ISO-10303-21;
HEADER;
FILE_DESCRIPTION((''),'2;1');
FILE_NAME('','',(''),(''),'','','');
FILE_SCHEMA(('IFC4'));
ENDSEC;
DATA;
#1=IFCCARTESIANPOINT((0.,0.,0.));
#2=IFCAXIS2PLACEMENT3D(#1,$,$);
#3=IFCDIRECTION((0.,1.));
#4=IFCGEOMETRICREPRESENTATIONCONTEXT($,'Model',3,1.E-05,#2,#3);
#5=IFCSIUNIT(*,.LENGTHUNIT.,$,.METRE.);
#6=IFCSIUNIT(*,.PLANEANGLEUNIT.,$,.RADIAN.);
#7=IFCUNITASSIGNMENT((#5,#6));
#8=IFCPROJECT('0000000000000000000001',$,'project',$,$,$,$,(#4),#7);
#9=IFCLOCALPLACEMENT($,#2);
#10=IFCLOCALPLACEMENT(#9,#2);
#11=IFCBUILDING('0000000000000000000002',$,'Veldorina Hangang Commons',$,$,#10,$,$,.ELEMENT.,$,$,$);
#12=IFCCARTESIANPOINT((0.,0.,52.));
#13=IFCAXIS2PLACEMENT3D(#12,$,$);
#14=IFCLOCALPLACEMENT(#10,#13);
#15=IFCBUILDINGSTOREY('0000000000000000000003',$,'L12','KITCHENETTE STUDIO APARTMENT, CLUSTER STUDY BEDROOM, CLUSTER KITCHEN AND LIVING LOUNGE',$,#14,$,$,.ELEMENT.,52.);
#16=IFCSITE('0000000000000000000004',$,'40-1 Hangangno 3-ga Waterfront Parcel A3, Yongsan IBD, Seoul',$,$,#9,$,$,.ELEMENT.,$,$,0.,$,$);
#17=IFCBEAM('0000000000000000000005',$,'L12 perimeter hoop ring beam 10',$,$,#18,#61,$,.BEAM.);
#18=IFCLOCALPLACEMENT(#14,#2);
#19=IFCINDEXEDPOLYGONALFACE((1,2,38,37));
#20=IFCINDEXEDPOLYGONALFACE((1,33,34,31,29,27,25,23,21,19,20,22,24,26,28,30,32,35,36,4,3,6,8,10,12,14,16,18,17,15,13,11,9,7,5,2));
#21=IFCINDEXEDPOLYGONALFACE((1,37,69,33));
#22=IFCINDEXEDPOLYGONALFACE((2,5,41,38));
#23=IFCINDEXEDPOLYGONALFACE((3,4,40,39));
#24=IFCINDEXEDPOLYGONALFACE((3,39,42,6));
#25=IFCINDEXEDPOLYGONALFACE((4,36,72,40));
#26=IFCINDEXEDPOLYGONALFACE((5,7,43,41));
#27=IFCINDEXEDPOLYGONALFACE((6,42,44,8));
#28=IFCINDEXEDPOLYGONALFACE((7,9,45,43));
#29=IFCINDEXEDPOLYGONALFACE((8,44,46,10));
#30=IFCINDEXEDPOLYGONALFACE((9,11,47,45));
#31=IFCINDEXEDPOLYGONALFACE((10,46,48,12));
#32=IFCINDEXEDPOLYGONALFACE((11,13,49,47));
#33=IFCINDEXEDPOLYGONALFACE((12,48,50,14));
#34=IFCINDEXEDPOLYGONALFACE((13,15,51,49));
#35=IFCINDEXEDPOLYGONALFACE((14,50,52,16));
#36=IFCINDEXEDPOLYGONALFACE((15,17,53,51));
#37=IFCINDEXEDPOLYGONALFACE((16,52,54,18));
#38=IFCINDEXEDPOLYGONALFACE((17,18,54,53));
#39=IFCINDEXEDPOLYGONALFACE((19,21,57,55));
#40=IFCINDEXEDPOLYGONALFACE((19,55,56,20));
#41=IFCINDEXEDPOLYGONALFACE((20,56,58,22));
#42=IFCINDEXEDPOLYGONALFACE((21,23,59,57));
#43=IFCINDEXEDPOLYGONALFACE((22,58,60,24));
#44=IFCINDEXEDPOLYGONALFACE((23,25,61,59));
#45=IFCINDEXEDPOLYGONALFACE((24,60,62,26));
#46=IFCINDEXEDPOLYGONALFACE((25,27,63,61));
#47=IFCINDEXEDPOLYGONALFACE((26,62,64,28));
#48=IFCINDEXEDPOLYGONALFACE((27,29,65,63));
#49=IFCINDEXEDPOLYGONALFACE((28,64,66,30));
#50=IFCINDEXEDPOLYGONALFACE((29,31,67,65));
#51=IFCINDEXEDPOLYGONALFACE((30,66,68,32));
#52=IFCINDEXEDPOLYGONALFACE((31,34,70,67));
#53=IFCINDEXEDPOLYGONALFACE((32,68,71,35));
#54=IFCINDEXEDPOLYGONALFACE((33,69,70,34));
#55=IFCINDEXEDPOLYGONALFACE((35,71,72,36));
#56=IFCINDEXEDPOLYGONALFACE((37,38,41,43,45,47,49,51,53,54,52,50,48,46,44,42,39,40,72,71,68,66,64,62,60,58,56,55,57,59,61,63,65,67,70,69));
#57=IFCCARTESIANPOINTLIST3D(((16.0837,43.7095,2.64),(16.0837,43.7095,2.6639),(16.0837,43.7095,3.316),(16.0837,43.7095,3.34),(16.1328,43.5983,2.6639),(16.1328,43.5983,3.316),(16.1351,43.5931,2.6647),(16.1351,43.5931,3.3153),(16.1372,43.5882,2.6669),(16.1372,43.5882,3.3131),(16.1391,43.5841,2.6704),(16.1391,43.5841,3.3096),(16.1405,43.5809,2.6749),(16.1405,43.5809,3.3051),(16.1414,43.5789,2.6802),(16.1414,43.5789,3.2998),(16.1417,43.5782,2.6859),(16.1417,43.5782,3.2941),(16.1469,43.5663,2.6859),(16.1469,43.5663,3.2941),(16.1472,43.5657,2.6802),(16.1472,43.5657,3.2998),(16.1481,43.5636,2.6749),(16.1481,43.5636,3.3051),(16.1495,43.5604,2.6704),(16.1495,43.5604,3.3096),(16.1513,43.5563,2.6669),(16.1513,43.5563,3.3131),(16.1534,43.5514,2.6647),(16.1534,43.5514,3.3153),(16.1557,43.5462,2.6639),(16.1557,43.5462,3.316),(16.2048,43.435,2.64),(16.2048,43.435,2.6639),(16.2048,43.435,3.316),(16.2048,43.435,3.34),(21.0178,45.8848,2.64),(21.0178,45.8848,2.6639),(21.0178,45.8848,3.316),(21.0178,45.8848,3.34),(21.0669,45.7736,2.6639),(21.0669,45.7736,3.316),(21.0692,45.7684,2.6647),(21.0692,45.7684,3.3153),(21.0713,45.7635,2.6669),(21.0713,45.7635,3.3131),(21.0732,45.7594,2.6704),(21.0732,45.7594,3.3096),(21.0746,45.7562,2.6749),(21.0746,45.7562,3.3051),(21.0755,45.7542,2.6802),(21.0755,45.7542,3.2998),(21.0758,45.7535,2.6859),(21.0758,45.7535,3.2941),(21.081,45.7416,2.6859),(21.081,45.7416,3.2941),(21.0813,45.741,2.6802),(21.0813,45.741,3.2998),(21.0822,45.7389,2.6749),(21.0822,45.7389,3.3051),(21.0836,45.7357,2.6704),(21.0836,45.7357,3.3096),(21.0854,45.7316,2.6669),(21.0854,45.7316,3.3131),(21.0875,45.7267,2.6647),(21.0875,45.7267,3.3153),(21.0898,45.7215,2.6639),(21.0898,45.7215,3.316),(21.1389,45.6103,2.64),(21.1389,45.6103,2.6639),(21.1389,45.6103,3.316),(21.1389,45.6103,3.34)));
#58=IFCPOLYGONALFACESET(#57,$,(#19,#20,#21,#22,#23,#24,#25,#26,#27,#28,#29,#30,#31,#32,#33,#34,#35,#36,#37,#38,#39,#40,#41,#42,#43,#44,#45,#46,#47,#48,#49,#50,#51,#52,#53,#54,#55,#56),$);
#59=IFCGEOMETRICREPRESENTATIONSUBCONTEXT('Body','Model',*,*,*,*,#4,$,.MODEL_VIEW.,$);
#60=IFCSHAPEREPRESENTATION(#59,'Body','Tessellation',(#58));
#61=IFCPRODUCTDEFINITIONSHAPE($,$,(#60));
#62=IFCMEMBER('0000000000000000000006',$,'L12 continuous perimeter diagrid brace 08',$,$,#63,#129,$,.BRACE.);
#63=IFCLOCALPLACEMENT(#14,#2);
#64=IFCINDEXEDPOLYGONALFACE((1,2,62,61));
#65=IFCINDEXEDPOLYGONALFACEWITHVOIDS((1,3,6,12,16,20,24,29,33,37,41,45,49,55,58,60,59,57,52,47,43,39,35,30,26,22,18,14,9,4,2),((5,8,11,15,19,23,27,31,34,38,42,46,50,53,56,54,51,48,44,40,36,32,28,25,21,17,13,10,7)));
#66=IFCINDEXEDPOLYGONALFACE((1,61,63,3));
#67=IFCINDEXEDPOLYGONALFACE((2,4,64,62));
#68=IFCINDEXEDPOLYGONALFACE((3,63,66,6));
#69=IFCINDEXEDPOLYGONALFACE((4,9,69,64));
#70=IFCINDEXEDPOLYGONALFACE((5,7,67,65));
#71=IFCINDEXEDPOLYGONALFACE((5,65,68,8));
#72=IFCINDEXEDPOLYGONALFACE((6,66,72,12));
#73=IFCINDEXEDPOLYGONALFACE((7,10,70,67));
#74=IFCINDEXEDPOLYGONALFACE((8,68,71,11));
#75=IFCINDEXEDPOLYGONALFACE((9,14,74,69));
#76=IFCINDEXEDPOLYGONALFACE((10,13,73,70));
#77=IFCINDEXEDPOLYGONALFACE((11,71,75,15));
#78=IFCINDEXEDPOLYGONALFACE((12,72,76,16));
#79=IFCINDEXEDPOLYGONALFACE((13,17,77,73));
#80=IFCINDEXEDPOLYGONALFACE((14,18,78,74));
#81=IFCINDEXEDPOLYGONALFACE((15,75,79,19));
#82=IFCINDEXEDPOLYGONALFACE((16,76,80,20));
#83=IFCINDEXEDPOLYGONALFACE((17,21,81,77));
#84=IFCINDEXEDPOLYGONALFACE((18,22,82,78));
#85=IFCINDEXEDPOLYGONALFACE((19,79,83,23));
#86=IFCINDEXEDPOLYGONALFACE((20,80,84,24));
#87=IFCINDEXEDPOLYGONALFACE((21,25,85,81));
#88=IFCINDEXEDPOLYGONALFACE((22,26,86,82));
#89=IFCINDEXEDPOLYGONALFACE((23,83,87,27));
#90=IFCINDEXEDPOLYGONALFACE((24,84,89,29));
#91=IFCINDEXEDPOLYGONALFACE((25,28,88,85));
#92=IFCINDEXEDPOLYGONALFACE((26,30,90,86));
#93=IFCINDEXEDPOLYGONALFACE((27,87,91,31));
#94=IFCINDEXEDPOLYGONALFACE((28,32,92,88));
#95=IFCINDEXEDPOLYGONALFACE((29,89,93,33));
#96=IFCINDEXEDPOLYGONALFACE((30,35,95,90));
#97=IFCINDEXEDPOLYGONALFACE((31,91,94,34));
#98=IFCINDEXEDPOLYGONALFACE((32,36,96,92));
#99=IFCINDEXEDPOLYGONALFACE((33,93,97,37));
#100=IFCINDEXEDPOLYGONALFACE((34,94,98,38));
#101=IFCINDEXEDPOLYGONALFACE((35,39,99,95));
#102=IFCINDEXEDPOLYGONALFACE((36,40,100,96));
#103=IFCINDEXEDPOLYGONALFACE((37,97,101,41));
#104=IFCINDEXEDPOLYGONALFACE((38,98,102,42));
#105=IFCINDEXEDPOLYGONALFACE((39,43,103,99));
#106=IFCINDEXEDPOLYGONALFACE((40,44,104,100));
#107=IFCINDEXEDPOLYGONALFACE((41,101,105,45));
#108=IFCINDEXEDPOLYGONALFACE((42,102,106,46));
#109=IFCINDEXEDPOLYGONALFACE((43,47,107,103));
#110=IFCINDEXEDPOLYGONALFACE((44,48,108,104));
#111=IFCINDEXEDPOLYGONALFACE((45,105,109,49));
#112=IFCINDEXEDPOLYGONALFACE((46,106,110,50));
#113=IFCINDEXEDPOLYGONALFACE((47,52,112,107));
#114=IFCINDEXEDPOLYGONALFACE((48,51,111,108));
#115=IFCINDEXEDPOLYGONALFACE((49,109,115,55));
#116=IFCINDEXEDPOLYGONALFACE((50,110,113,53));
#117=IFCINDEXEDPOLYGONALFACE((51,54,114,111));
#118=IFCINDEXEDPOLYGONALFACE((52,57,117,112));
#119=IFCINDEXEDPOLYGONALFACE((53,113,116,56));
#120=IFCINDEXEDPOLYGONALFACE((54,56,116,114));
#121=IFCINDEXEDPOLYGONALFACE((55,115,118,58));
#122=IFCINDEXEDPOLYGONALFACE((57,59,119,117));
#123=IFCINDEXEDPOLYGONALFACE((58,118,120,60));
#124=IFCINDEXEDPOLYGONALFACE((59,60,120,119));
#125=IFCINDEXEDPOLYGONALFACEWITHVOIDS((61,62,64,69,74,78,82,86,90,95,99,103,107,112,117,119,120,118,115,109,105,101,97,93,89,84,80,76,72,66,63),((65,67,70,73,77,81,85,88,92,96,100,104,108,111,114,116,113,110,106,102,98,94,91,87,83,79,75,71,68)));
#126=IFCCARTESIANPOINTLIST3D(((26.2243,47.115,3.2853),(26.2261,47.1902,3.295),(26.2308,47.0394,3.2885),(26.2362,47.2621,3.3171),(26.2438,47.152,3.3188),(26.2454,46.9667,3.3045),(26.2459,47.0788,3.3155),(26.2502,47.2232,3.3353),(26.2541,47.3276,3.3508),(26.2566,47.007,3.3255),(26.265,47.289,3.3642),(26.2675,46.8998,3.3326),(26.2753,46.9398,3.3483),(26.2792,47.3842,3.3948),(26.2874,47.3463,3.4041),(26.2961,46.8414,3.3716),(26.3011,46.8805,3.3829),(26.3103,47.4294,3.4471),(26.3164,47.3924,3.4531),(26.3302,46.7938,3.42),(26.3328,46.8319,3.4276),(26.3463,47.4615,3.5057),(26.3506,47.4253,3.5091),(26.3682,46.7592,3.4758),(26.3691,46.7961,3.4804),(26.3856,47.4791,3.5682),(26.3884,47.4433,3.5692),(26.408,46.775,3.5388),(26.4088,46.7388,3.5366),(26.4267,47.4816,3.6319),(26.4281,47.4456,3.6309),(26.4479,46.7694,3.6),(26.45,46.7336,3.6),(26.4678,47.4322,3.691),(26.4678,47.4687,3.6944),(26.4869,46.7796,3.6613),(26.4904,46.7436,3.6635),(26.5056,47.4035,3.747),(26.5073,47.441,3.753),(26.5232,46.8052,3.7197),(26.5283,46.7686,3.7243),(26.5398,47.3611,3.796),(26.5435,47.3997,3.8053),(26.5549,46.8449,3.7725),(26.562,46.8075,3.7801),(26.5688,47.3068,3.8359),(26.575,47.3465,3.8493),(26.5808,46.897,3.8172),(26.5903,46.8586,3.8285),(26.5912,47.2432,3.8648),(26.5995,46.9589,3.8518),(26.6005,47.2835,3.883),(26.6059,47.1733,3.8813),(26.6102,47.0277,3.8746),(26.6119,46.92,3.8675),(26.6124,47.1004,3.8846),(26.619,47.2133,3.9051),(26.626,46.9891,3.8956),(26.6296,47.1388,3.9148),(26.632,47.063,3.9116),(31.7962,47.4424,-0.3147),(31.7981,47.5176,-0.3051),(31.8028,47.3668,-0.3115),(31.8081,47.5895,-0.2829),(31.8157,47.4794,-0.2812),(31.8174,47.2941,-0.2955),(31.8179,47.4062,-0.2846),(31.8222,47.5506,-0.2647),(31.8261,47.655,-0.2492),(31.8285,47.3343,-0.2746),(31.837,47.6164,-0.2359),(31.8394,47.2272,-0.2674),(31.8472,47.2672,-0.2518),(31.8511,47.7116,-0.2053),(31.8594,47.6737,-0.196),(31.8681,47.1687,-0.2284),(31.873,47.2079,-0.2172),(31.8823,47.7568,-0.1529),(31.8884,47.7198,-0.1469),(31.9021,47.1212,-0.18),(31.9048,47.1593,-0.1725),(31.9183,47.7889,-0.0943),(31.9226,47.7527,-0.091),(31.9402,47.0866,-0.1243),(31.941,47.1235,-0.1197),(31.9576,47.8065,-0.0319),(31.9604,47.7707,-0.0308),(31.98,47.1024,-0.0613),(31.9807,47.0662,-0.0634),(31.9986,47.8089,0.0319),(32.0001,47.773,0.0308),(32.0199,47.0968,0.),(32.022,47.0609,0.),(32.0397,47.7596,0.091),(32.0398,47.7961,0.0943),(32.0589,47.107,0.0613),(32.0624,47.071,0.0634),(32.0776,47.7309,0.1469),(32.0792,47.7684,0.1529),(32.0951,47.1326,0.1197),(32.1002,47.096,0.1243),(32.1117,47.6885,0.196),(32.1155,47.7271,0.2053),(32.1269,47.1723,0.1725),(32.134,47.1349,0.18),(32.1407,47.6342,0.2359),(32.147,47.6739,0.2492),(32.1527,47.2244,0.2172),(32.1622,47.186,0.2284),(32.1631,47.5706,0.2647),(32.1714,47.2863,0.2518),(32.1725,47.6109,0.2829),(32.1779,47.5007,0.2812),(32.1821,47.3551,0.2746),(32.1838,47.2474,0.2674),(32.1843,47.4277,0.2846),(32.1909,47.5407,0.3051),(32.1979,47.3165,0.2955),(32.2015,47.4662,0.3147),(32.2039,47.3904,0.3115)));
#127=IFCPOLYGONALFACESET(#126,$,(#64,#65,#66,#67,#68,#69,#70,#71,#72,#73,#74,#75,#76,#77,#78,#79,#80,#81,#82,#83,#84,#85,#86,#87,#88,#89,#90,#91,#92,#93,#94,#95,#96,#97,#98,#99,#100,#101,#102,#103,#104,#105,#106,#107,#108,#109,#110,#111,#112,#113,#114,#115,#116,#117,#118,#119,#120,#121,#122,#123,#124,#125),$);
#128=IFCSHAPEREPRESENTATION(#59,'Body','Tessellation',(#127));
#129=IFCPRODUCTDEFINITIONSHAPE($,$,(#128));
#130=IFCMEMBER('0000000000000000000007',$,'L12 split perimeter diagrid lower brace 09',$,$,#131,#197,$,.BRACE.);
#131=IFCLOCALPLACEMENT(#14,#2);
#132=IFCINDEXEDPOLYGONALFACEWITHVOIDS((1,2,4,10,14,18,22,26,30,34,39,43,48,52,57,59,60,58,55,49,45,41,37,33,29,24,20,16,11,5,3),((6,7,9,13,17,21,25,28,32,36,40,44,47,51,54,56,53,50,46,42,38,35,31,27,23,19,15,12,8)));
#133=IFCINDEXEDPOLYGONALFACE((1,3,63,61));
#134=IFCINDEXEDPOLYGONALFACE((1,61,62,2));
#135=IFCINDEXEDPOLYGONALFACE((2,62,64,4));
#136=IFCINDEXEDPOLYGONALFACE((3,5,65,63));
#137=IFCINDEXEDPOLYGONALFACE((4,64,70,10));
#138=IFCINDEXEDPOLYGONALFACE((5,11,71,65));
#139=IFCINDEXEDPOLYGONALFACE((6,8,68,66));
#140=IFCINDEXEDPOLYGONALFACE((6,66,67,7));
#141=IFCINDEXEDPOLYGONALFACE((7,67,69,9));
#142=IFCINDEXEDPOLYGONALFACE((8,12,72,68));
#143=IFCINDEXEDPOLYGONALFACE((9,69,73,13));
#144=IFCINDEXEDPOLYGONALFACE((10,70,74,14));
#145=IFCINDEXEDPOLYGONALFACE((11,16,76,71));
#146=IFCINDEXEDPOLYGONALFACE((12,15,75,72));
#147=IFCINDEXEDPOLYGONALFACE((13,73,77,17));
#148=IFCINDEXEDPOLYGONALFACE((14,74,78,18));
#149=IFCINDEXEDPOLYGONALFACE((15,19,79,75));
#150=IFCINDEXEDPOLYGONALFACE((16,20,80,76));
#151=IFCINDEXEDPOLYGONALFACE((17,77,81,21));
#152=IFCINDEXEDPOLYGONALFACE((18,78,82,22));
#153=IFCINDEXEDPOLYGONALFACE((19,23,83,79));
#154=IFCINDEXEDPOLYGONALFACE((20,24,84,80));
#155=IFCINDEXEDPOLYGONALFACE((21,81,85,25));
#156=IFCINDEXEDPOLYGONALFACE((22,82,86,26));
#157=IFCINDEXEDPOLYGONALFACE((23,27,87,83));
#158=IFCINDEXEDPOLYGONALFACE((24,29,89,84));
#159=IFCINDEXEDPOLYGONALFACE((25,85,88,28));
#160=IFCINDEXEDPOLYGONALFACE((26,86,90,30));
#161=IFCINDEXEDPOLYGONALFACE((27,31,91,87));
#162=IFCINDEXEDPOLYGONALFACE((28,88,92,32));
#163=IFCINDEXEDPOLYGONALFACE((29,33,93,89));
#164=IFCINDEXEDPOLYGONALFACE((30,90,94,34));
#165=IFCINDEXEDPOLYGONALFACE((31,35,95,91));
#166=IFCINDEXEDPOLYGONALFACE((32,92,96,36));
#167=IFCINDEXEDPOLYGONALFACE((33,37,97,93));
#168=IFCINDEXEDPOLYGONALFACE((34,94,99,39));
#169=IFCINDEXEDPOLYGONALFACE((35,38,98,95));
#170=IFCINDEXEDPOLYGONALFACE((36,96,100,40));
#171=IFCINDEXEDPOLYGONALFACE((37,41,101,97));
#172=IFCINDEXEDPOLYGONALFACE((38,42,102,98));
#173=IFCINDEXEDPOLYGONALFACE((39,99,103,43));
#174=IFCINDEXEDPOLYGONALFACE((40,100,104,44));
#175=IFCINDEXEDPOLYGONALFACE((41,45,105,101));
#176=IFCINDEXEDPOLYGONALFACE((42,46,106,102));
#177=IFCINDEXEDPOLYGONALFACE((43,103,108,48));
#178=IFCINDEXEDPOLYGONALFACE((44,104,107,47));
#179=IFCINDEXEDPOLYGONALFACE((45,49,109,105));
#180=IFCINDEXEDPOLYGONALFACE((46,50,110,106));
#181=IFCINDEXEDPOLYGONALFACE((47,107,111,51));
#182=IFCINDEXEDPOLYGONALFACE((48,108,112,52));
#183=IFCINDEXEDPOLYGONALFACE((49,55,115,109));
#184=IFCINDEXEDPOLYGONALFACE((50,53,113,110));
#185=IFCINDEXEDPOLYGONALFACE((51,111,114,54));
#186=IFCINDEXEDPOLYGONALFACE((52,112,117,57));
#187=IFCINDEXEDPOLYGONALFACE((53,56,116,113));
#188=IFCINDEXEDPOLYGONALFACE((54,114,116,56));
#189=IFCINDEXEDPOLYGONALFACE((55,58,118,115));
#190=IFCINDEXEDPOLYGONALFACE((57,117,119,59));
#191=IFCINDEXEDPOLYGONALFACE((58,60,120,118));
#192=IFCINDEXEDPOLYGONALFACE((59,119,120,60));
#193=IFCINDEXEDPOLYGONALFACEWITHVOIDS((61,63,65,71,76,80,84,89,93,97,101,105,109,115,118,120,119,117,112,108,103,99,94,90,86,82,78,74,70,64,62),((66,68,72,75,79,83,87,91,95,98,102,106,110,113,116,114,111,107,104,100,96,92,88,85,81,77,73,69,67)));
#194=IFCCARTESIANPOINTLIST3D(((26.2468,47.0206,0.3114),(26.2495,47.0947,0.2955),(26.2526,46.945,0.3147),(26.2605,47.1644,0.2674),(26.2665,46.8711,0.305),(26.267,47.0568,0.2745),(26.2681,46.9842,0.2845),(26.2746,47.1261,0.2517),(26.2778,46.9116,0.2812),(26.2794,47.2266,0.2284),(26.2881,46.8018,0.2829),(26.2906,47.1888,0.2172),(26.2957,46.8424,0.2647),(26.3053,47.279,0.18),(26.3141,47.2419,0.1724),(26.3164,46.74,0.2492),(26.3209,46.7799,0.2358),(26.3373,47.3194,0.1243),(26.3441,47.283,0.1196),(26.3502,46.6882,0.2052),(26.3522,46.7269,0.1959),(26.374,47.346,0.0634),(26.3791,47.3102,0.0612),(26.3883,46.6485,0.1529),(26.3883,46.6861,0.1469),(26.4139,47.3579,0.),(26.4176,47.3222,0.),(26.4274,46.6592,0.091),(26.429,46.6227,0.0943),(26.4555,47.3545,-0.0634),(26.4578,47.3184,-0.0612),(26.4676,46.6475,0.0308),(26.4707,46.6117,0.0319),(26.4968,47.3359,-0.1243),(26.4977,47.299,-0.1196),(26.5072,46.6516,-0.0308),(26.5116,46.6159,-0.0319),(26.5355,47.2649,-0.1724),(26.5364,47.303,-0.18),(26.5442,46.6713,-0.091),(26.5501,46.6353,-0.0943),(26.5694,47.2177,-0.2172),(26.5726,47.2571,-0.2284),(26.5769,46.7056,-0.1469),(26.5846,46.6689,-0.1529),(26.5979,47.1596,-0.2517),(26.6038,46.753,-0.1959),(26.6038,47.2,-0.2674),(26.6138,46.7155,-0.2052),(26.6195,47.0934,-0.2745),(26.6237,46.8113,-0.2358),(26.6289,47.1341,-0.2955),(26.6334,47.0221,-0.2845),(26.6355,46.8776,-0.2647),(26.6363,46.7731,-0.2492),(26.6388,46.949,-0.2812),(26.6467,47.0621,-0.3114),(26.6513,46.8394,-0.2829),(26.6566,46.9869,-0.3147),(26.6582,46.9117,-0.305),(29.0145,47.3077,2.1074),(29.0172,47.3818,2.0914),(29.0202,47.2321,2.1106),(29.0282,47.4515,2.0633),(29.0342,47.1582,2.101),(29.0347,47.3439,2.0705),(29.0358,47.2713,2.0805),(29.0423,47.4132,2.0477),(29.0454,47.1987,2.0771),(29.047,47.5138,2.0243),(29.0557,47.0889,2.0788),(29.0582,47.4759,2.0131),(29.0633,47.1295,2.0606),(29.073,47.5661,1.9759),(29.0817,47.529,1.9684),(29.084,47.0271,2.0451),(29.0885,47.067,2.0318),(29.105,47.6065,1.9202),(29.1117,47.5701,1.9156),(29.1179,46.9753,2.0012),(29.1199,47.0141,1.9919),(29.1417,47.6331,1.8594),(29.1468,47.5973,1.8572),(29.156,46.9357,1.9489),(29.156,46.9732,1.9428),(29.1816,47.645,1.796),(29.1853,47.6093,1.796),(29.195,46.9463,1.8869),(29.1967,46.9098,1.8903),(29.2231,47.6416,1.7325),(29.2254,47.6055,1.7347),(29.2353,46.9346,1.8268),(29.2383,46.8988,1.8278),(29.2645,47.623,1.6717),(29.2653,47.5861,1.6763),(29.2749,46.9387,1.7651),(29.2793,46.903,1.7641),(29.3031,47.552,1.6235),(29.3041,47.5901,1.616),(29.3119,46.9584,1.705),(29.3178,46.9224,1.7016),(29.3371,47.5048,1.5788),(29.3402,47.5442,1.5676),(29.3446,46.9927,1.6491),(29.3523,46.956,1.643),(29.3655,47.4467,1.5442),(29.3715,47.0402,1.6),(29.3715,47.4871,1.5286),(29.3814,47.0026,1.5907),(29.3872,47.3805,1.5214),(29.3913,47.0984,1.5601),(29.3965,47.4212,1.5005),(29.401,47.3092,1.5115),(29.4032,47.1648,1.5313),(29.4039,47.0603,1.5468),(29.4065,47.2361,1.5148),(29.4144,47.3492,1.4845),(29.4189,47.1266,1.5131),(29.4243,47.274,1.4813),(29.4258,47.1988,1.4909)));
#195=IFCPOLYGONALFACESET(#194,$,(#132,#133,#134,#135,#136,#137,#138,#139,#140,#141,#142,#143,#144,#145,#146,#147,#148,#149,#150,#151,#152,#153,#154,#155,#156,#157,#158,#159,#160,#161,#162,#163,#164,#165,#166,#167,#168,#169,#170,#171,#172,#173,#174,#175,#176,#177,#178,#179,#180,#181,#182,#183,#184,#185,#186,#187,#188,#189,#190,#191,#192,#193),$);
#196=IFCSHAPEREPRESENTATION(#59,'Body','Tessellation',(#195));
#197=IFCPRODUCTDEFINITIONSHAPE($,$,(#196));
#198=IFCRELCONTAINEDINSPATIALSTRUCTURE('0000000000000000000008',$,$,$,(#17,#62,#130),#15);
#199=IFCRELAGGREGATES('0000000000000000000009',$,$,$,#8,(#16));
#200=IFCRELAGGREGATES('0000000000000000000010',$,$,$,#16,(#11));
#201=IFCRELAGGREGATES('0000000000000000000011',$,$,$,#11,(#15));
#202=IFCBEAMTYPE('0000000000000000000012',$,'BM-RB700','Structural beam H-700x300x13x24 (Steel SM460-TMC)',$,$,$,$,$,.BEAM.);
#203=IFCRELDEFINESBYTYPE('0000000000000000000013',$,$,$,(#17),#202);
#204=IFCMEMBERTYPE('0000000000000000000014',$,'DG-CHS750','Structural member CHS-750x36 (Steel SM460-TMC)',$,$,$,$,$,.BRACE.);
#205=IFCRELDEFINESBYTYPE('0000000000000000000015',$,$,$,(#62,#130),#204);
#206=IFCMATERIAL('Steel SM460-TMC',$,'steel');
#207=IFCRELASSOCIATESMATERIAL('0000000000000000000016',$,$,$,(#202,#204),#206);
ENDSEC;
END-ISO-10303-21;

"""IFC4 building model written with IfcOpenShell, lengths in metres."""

from ifc_helpers import new_model, si_unit, direction, frame, origin, origin_2d, place, context, subcontext, project, spatial, hollow_circle, i_section, extrude, material, material_profile, profile_set, type_object, element, save


model = new_model("IFC4")

# Units and contexts
model_context = context("Model", 3, precision=1e-05, world=origin(), true_north=direction((0.0, 1.0)))
body_context = subcontext(model_context, "Body", "Model", "MODEL_VIEW")
ifc_project = project(units=[si_unit("LENGTHUNIT", "METRE"), si_unit("PLANEANGLEUNIT", "RADIAN")], contexts=[model_context])

# Site, building, storey
site_placement = place(None, origin())
site = spatial("IfcSite", under=ifc_project, at=site_placement, Name="40-1 Hangangno 3-ga Waterfront Parcel A3, Yongsan IBD, Seoul", CompositionType="ELEMENT", RefElevation=0.0)
building_placement = place(site_placement, origin())
building = spatial("IfcBuilding", under=site, at=building_placement, Name="Veldorina Hangang Commons", CompositionType="ELEMENT")
storey_placement = place(building_placement, frame((0.0, 0.0, 52.0)))
storey = spatial("IfcBuildingStorey", under=building, at=storey_placement, Name="L12", Description="KITCHENETTE STUDIO APARTMENT, CLUSTER STUDY BEDROOM, CLUSTER KITCHEN AND LIVING LOUNGE", CompositionType="ELEMENT", Elevation=52.0)

# Beam
ifc_material_1 = material(Name="Steel SM460-TMC", Category="steel")
ifc_material_profile_1 = material_profile(ifc_material_1, i_section(OverallWidth=0.3, OverallDepth=0.7, WebThickness=0.0129, FlangeThickness=0.0239, FilletRadius=0.022, at=origin_2d()), Name="H-700x300x13x24")
ifc_profile_set_1 = profile_set([ifc_material_profile_1], Name="Steel SM460-TMC")
beam_type_1 = type_object("IfcBeamType", Name="BM-RB700", Description="Structural beam H-700x300x13x24 (Steel SM460-TMC)", PredefinedType="BEAM", material=ifc_profile_set_1)
beam_1_placement = place(storey_placement, frame((21.0784, 45.7476, 2.99), z_axis=(-0.915021, -0.403406, 0.0), x_axis=(0.403406, -0.915021, 0.0)))
element("IfcBeam", 1, at=beam_1_placement, inside=storey, type_object=beam_type_1, Name="L12 perimeter hoop ring beam 10", PredefinedType="BEAM", context=body_context, shape_type="SweptSolid", body=[
    extrude(i_section(OverallWidth=0.3, OverallDepth=0.7, WebThickness=0.0129, FlangeThickness=0.0239, FilletRadius=0.022, at=origin_2d()), origin(), (0.0, 0.0, 1.0), 5.3923),
])

# Members
ifc_material_profile_2 = material_profile(ifc_material_1, hollow_circle(Radius=0.375, WallThickness=0.0359, at=origin_2d()), Name="CHS-750x36")
ifc_profile_set_2 = profile_set([ifc_material_profile_2], Name="Steel SM460-TMC")
member_type = type_object("IfcMemberType", Name="DG-CHS750", Description="Structural member CHS-750x36 (Steel SM460-TMC)", PredefinedType="BRACE", material=ifc_profile_set_2)
member_1_placement = place(storey_placement, frame((32.0, 47.4353, 0.0), z_axis=(-0.838915, -0.049292, 0.542025), x_axis=(0.058655, -0.998278, 0.0)))
element("IfcMember", 2, at=member_1_placement, inside=storey, type_object=member_type, Name="L12 continuous perimeter diagrid brace 08", PredefinedType="BRACE", context=body_context, shape_type="SweptSolid", body=[
    extrude(hollow_circle(Radius=0.375, WallThickness=0.0359, at=origin_2d()), origin(), (0.0, 0.0, 1.0), 6.6418),
])
member_2_placement = place(storey_placement, frame((26.4526, 46.9849, 0.0), z_axis=(0.835704, 0.086696, 0.542294), x_axis=(-0.103187, 0.994662, 0.0)))
element("IfcMember", 3, at=member_2_placement, inside=storey, type_object=member_type, Name="L12 split perimeter diagrid lower brace 09", PredefinedType="BRACE", context=body_context, shape_type="SweptSolid", body=[
    extrude(hollow_circle(Radius=0.375, WallThickness=0.0359, at=origin_2d()), origin(), (0.0, 0.0, 1.0), 3.3118),
])

save(model, "model.ifc")
